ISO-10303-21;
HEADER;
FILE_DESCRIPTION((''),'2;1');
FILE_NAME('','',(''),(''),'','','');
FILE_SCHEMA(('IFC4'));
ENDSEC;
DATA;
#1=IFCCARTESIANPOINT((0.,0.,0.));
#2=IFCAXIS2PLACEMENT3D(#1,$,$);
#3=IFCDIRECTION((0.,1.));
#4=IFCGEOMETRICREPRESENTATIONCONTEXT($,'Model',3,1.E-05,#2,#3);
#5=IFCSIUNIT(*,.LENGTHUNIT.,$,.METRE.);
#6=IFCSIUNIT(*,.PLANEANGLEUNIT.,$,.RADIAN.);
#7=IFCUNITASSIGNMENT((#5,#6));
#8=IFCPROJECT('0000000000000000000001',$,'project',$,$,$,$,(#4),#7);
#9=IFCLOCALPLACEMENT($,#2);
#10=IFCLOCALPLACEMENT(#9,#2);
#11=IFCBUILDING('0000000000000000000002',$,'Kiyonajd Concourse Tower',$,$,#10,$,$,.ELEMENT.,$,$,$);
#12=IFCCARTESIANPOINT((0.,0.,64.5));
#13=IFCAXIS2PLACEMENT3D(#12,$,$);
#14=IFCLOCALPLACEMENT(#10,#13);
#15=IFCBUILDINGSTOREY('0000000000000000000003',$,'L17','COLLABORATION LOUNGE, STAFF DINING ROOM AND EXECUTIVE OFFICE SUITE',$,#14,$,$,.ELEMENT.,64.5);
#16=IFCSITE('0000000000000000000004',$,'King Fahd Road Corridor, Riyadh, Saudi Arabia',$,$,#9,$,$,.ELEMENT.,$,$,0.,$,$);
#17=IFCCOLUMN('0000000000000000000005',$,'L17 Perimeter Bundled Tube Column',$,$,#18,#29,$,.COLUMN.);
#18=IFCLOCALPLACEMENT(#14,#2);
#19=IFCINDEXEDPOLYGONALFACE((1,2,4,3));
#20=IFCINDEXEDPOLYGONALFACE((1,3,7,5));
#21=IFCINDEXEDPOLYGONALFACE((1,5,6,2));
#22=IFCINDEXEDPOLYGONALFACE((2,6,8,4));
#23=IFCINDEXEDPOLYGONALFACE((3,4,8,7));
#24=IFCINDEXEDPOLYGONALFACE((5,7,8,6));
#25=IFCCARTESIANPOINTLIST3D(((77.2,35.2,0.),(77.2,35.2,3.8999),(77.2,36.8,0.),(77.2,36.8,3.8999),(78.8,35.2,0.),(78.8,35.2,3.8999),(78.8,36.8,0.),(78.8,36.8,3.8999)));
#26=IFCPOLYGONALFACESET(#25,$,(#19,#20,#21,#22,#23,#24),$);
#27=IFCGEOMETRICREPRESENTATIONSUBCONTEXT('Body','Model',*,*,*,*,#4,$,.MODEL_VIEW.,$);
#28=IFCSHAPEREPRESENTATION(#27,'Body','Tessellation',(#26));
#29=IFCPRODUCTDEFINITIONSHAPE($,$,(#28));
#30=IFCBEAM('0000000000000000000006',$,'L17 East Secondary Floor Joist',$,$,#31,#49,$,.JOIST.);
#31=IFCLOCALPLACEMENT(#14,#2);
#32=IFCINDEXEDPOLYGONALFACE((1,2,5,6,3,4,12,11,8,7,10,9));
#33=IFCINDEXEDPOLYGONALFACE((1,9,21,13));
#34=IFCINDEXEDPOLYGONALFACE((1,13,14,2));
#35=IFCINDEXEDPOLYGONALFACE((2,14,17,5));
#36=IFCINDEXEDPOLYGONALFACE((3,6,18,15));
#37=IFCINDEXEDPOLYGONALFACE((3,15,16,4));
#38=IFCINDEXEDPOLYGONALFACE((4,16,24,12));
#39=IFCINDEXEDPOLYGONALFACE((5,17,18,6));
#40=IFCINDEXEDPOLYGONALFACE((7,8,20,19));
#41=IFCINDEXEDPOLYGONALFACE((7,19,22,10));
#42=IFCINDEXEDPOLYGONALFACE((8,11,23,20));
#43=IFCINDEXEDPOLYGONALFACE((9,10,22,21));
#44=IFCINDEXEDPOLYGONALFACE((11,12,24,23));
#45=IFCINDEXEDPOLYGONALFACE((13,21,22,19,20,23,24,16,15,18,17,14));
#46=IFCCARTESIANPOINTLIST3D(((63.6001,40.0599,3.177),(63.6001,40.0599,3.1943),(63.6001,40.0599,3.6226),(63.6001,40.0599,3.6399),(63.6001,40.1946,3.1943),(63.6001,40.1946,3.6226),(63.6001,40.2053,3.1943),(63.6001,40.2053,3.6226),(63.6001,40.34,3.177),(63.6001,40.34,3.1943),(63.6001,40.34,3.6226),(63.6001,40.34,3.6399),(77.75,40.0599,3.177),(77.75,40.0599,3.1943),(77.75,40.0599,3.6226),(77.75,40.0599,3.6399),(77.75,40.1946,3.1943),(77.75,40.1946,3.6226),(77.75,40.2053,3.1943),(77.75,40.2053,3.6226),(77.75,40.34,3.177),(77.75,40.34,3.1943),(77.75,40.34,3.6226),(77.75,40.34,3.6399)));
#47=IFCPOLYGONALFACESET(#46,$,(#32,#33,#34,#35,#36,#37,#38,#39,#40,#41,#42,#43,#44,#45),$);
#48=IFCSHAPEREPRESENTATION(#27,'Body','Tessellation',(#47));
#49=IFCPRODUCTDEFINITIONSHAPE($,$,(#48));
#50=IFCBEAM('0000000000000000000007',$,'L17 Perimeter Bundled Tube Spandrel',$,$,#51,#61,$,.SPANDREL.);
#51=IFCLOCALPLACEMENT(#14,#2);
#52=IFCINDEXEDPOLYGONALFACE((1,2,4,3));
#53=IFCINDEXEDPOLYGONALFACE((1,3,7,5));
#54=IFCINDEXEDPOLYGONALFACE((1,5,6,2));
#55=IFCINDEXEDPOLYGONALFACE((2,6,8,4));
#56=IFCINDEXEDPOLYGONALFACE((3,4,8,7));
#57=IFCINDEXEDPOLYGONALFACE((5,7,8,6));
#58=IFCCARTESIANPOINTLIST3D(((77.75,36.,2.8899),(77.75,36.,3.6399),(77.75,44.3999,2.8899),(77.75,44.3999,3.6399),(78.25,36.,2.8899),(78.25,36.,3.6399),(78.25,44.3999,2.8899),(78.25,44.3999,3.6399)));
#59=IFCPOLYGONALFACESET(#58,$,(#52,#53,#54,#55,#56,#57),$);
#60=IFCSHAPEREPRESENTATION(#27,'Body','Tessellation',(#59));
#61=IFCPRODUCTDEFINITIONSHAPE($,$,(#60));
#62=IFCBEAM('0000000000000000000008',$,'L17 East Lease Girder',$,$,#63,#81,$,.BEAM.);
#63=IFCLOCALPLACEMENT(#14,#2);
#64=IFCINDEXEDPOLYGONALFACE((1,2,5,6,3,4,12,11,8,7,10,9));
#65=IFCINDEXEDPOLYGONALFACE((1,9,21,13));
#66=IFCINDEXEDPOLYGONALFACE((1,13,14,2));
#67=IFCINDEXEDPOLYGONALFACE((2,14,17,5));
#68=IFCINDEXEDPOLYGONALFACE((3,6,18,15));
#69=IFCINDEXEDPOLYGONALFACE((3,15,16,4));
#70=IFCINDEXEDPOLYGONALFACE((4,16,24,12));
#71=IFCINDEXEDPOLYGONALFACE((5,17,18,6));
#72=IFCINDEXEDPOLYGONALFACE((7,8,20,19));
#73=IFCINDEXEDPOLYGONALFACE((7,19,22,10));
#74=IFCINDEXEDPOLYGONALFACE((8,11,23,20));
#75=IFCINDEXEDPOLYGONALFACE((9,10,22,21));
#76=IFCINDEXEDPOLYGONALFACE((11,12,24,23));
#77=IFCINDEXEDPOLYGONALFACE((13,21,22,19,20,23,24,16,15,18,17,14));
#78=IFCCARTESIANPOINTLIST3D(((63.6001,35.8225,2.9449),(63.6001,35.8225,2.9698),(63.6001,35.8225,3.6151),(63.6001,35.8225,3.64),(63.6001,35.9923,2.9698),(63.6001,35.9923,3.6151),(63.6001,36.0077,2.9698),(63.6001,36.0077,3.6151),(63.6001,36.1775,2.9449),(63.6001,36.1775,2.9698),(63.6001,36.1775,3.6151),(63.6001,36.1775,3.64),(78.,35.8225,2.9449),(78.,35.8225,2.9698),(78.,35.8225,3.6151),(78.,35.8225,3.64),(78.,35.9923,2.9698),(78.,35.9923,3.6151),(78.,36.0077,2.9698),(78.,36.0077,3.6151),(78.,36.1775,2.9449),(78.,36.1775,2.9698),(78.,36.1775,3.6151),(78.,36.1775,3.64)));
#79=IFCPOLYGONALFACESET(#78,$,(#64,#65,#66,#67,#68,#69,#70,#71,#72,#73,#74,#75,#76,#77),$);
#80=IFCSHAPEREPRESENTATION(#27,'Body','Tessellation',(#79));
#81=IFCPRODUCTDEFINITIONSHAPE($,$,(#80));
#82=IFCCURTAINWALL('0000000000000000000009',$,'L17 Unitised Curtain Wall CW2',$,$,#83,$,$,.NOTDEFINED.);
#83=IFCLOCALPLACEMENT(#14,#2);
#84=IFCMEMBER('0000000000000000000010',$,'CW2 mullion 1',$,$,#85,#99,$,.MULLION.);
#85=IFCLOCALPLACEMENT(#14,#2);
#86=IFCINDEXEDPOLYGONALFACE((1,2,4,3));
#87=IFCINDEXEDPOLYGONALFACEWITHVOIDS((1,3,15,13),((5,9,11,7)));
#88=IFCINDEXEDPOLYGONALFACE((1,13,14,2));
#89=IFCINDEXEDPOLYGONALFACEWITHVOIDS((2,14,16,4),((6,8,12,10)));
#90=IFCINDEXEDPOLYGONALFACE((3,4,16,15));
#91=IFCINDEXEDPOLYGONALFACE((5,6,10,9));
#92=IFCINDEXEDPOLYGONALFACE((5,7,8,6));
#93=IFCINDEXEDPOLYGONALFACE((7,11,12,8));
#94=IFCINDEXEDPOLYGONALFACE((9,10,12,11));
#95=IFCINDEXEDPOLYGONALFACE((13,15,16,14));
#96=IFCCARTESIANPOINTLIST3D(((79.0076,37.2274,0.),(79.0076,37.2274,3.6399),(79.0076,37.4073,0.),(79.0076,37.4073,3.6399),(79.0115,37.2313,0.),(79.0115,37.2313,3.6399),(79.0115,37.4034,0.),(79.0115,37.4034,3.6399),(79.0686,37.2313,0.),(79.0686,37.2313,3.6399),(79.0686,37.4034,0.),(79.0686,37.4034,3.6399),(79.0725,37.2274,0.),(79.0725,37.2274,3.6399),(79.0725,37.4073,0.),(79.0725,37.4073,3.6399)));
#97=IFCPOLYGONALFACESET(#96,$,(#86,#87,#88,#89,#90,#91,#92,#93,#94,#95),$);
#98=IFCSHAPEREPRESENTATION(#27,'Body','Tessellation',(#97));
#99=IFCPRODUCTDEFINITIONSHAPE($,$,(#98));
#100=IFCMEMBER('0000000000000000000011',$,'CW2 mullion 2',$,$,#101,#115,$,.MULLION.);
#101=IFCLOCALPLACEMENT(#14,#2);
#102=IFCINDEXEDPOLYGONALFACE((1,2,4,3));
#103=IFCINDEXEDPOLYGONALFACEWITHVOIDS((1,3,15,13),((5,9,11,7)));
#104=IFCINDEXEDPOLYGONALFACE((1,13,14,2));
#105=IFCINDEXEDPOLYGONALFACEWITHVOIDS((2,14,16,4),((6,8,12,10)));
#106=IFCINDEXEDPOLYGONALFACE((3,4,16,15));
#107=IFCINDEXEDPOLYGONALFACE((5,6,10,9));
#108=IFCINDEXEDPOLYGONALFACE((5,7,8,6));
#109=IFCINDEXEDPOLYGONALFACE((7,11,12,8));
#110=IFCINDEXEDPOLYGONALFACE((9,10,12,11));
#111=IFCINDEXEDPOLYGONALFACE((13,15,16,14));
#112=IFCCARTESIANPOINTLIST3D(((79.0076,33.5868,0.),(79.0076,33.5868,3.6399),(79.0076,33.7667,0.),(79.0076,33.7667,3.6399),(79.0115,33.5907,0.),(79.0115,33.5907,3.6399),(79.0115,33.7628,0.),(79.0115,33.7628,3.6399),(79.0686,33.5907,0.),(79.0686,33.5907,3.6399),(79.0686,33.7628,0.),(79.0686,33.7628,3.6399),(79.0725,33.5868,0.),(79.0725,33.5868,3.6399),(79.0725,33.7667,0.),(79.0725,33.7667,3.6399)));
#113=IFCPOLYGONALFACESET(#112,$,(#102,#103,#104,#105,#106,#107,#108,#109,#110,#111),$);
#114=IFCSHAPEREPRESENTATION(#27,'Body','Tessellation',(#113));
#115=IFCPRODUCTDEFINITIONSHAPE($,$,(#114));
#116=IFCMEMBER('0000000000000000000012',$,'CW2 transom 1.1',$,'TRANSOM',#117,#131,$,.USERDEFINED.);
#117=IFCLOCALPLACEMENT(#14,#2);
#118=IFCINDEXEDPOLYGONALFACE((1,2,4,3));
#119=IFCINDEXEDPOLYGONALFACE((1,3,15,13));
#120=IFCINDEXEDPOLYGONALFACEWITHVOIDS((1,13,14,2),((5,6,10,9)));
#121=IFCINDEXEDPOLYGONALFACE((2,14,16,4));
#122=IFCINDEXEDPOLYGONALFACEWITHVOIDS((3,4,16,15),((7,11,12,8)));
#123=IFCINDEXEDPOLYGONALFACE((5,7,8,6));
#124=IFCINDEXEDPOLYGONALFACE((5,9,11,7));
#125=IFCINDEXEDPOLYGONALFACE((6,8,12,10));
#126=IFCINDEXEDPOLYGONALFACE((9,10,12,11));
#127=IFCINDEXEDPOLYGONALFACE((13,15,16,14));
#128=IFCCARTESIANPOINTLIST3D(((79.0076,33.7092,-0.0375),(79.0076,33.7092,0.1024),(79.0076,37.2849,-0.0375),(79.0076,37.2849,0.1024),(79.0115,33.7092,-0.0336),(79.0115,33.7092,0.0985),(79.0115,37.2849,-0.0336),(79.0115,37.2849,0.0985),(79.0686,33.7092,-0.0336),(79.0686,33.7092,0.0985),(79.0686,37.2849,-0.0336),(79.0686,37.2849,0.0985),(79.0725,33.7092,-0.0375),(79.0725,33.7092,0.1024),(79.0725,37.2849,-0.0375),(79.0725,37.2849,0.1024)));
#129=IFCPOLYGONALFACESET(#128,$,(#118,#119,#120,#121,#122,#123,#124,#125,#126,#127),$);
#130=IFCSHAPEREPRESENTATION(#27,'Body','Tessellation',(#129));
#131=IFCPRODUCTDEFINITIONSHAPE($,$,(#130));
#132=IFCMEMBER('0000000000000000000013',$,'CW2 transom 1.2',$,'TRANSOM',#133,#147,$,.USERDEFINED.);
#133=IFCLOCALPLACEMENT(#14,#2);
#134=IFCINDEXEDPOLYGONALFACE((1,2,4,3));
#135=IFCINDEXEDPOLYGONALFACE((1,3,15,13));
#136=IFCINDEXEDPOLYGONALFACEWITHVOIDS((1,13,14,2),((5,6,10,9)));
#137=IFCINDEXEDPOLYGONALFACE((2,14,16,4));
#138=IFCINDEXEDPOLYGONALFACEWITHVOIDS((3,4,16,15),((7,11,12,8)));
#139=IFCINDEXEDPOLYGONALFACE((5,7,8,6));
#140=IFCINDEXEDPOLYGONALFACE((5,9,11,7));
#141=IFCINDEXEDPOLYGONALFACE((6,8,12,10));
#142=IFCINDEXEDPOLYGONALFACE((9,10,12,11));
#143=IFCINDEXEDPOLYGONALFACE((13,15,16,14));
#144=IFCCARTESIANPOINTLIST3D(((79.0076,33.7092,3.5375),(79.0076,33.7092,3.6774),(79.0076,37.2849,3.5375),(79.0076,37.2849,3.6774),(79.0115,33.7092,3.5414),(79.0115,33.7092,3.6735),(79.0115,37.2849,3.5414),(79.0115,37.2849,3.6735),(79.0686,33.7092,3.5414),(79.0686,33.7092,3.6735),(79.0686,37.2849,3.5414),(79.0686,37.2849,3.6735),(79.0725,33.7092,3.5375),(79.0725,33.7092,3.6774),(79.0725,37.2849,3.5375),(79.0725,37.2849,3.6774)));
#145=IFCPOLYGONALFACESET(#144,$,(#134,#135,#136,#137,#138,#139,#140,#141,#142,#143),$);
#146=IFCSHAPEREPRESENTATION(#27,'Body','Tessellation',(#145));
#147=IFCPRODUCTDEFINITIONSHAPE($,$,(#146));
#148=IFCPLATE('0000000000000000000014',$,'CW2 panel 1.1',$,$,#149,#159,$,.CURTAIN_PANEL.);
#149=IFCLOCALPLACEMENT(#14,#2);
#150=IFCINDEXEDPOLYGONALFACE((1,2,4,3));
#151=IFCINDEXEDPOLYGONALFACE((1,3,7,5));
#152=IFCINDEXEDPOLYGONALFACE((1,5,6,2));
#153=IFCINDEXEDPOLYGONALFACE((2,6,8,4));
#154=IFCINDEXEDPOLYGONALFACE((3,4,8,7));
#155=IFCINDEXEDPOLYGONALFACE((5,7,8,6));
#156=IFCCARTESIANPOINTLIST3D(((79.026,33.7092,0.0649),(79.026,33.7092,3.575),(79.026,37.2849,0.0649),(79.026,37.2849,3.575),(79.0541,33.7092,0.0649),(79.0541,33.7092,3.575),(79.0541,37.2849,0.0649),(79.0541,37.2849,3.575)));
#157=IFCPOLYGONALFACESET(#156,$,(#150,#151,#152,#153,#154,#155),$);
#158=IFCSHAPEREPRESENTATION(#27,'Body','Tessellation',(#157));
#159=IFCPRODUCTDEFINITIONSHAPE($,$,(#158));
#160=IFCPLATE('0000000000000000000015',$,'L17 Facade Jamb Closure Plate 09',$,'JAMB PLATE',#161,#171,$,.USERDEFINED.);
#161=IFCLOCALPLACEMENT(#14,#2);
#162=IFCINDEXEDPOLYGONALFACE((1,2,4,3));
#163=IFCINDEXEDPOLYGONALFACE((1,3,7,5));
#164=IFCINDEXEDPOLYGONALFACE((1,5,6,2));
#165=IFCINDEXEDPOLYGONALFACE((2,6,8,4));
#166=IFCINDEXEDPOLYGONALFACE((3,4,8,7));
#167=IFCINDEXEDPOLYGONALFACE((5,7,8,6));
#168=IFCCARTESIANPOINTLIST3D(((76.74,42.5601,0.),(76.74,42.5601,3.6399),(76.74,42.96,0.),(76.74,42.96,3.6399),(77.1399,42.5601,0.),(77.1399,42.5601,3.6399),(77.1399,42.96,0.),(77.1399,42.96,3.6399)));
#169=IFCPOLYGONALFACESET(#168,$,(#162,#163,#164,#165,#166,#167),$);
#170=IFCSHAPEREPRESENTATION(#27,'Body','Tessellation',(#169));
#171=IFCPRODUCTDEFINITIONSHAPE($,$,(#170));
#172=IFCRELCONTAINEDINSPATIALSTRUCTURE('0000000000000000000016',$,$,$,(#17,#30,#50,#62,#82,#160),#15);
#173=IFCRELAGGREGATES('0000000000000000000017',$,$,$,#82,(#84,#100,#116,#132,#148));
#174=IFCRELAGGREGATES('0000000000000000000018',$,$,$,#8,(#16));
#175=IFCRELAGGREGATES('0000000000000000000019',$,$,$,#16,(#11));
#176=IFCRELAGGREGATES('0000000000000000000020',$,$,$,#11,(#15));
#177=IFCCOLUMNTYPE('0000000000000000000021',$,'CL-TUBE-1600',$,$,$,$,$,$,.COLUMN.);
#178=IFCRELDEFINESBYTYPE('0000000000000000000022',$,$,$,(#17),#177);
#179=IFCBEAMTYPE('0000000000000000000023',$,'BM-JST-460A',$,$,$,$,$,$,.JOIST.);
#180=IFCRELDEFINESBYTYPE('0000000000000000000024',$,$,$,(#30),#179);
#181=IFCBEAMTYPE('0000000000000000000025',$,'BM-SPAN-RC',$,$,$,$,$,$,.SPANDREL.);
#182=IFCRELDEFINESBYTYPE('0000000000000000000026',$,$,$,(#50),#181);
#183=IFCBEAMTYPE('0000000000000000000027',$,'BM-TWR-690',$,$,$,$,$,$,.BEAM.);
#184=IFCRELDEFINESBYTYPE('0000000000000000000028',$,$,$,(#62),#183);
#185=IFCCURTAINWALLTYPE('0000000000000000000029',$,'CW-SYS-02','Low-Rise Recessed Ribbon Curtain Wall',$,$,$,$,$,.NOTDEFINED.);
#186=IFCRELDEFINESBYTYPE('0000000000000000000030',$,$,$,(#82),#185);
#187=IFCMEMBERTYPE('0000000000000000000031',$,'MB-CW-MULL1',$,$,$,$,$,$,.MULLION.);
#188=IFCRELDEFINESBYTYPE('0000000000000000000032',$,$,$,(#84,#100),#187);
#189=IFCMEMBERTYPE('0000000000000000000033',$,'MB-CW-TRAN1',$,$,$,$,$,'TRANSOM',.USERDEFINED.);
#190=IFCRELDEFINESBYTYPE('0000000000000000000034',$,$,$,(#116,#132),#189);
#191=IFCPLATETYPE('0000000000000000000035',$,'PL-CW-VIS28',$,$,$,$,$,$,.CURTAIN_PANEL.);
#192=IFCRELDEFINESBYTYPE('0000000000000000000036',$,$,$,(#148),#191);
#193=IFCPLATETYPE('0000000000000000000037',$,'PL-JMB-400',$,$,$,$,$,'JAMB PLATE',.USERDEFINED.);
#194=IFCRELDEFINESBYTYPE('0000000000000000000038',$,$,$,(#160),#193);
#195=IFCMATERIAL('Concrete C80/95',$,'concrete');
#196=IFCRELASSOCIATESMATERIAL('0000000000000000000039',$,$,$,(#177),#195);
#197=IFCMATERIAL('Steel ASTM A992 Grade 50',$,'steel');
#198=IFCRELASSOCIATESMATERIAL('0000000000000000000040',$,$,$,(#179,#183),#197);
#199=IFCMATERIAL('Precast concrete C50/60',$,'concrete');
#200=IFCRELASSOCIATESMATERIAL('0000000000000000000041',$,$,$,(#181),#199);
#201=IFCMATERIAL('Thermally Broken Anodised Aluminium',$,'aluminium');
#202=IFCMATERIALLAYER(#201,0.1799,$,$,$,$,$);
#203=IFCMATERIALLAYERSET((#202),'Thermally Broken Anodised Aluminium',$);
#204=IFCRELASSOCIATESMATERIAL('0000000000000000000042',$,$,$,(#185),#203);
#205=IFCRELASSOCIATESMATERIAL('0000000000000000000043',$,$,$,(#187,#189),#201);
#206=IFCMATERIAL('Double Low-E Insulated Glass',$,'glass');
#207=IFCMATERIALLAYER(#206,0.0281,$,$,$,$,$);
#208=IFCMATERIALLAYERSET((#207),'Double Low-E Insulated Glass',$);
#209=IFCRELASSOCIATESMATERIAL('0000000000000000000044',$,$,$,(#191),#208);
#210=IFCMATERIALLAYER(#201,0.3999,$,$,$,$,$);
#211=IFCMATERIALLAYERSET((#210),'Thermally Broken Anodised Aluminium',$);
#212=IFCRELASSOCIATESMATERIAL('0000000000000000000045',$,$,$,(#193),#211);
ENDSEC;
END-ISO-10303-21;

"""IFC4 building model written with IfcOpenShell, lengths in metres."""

from ifc_helpers import new_model, si_unit, direction, frame, origin, origin_2d, place, context, subcontext, project, spatial, rectangle, hollow_rectangle, i_section, extrude, material, layer, layer_set, material_profile, profile_set, type_object, element, aggregate, save


model = new_model("IFC4")

# Units and contexts
model_context = context("Model", 3, precision=1e-05, world=origin(), true_north=direction((0.0, 1.0)))
body_context = subcontext(model_context, "Body", "Model", "MODEL_VIEW")
ifc_project = project(units=[si_unit("LENGTHUNIT", "METRE"), si_unit("PLANEANGLEUNIT", "RADIAN")], contexts=[model_context])

# Site, building, storey
site_placement = place(None, origin())
site = spatial("IfcSite", under=ifc_project, at=site_placement, Name="King Fahd Road Corridor, Riyadh, Saudi Arabia", CompositionType="ELEMENT", RefElevation=0.0)
building_placement = place(site_placement, origin())
building = spatial("IfcBuilding", under=site, at=building_placement, Name="Kiyonajd Concourse Tower", CompositionType="ELEMENT")
storey_placement = place(building_placement, frame((0.0, 0.0, 64.5)))
storey = spatial("IfcBuildingStorey", under=building, at=storey_placement, Name="L17", Description="COLLABORATION LOUNGE, STAFF DINING ROOM AND EXECUTIVE OFFICE SUITE", CompositionType="ELEMENT", Elevation=64.5)

# Column
ifc_material_1 = material(Name="Concrete C80/95", Category="concrete")
ifc_material_profile_1 = material_profile(ifc_material_1, rectangle(XDim=1.6001, YDim=1.6001, at=origin_2d()), Name="RC-1600x1600")
ifc_profile_set_1 = profile_set([ifc_material_profile_1], Name="Concrete C80/95")
column_type = type_object("IfcColumnType", Name="CL-TUBE-1600", PredefinedType="COLUMN", material=ifc_profile_set_1)
column_placement = place(storey_placement, frame((78.0, 36.0, 0.0), z_axis=(0.0, 0.0, 1.0), x_axis=(1.0, 0.0, 0.0)))
element("IfcColumn", 1, at=column_placement, inside=storey, type_object=column_type, Name="L17 Perimeter Bundled Tube Column", PredefinedType="COLUMN", context=body_context, shape_type="SweptSolid", body=[
    extrude(rectangle(XDim=1.6001, YDim=1.6001, at=origin_2d()), origin(), (0.0, 0.0, 1.0), 3.8999),
])

# Beams
ifc_material_2 = material(Name="Steel ASTM A992 Grade 50", Category="steel")
ifc_material_profile_2 = material_profile(ifc_material_2, i_section(OverallWidth=0.28, OverallDepth=0.4629, WebThickness=0.0107, FlangeThickness=0.0173, at=origin_2d()), Name="W460X113")
ifc_profile_set_2 = profile_set([ifc_material_profile_2], Name="Steel ASTM A992 Grade 50")
beam_type_1 = type_object("IfcBeamType", Name="BM-JST-460A", PredefinedType="JOIST", material=ifc_profile_set_2)
beam_1_placement = place(storey_placement, frame((63.6001, 40.2, 3.4084), z_axis=(1.0, 0.0, 0.0), x_axis=(0.0, 1.0, 0.0)))
element("IfcBeam", 2, at=beam_1_placement, inside=storey, type_object=beam_type_1, Name="L17 East Secondary Floor Joist", PredefinedType="JOIST", context=body_context, shape_type="SweptSolid", body=[
    extrude(i_section(OverallWidth=0.28, OverallDepth=0.4629, WebThickness=0.0107, FlangeThickness=0.0173, at=origin_2d()), origin(), (0.0, 0.0, 1.0), 14.1499),
])
ifc_material_3 = material(Name="Precast concrete C50/60", Category="concrete")
ifc_material_profile_3 = material_profile(ifc_material_3, rectangle(XDim=0.5, YDim=0.75, at=origin_2d()), Name="RCBM-500x750")
ifc_profile_set_3 = profile_set([ifc_material_profile_3], Name="Precast concrete C50/60")
beam_type_2 = type_object("IfcBeamType", Name="BM-SPAN-RC", PredefinedType="SPANDREL", material=ifc_profile_set_3)
beam_2_placement = place(storey_placement, frame((78.0, 36.0, 3.2649), z_axis=(0.0, 1.0, 0.0), x_axis=(-1.0, 0.0, 0.0)))
element("IfcBeam", 3, at=beam_2_placement, inside=storey, type_object=beam_type_2, Name="L17 Perimeter Bundled Tube Spandrel", PredefinedType="SPANDREL", context=body_context, shape_type="SweptSolid", body=[
    extrude(rectangle(XDim=0.5, YDim=0.75, at=origin_2d()), origin(), (0.0, 0.0, 1.0), 8.3999),
])
ifc_material_profile_4 = material_profile(ifc_material_2, i_section(OverallWidth=0.355, OverallDepth=0.6951, WebThickness=0.0154, FlangeThickness=0.0249, at=origin_2d()), Name="W690X217")
ifc_profile_set_4 = profile_set([ifc_material_profile_4], Name="Steel ASTM A992 Grade 50")
beam_type_3 = type_object("IfcBeamType", Name="BM-TWR-690", PredefinedType="BEAM", material=ifc_profile_set_4)
beam_3_placement = place(storey_placement, frame((63.6001, 36.0, 3.2925), z_axis=(1.0, 0.0, 0.0), x_axis=(0.0, 1.0, 0.0)))
element("IfcBeam", 4, at=beam_3_placement, inside=storey, type_object=beam_type_3, Name="L17 East Lease Girder", PredefinedType="BEAM", context=body_context, shape_type="SweptSolid", body=[
    extrude(i_section(OverallWidth=0.355, OverallDepth=0.6951, WebThickness=0.0154, FlangeThickness=0.0249, at=origin_2d()), origin(), (0.0, 0.0, 1.0), 14.3999),
])

# Curtain wall, members, plate
ifc_material_4 = material(Name="Thermally Broken Anodised Aluminium", Category="aluminium")
ifc_layer_1 = layer(ifc_material_4, 0.1799)
ifc_layer_set_1 = layer_set([ifc_layer_1], Name="Thermally Broken Anodised Aluminium")
curtain_wall_type = type_object("IfcCurtainWallType", Name="CW-SYS-02", Description="Low-Rise Recessed Ribbon Curtain Wall", PredefinedType="NOTDEFINED", material=ifc_layer_set_1)
curtain_wall_placement = place(storey_placement, origin())
curtain_wall = element("IfcCurtainWall", 5, at=curtain_wall_placement, inside=storey, type_object=curtain_wall_type, Name="L17 Unitised Curtain Wall CW2", PredefinedType="NOTDEFINED")
ifc_material_profile_5 = material_profile(ifc_material_4, hollow_rectangle(XDim=0.0649, YDim=0.1799, WallThickness=0.0039, at=origin_2d()), Name="MULL-65x180")
ifc_profile_set_5 = profile_set([ifc_material_profile_5], Name="Thermally Broken Anodised Aluminium")
member_type_1 = type_object("IfcMemberType", Name="MB-CW-MULL1", PredefinedType="MULLION", material=ifc_profile_set_5)
member_1_placement = place(storey_placement, frame((79.04, 37.3174, 0.0), z_axis=(0.0, 0.0, 1.0), x_axis=(1.0, 0.0, 0.0)))
member_1 = element("IfcMember", 6, at=member_1_placement, type_object=member_type_1, Name="CW2 mullion 1", PredefinedType="MULLION", context=body_context, shape_type="SweptSolid", body=[
    extrude(hollow_rectangle(XDim=0.0649, YDim=0.1799, WallThickness=0.0039, at=origin_2d()), origin(), (0.0, 0.0, 1.0), 3.6399),
])
member_2_placement = place(storey_placement, frame((79.04, 33.6768, 0.0), z_axis=(0.0, 0.0, 1.0), x_axis=(1.0, 0.0, 0.0)))
member_2 = element("IfcMember", 7, at=member_2_placement, type_object=member_type_1, Name="CW2 mullion 2", PredefinedType="MULLION", context=body_context, shape_type="SweptSolid", body=[
    extrude(hollow_rectangle(XDim=0.0649, YDim=0.1799, WallThickness=0.0039, at=origin_2d()), origin(), (0.0, 0.0, 1.0), 3.6399),
])
ifc_material_profile_6 = material_profile(ifc_material_4, hollow_rectangle(XDim=0.0649, YDim=0.1399, WallThickness=0.0039, at=origin_2d()), Name="TRAN-65x140")
ifc_profile_set_6 = profile_set([ifc_material_profile_6], Name="Thermally Broken Anodised Aluminium")
member_type_2 = type_object("IfcMemberType", Name="MB-CW-TRAN1", ElementType="TRANSOM", PredefinedType="USERDEFINED", material=ifc_profile_set_6)
member_3_placement = place(storey_placement, frame((79.04, 37.2849, 0.0325), z_axis=(0.0, -1.0, 0.0), x_axis=(1.0, 0.0, 0.0)))
member_3 = element("IfcMember", 8, at=member_3_placement, type_object=member_type_2, Name="CW2 transom 1.1", ObjectType="TRANSOM", PredefinedType="USERDEFINED", context=body_context, shape_type="SweptSolid", body=[
    extrude(hollow_rectangle(XDim=0.0649, YDim=0.1399, WallThickness=0.0039, at=origin_2d()), origin(), (0.0, 0.0, 1.0), 3.5757),
])
member_4_placement = place(storey_placement, frame((79.04, 37.2849, 3.6074), z_axis=(0.0, -1.0, 0.0), x_axis=(1.0, 0.0, 0.0)))
member_4 = element("IfcMember", 9, at=member_4_placement, type_object=member_type_2, Name="CW2 transom 1.2", ObjectType="TRANSOM", PredefinedType="USERDEFINED", context=body_context, shape_type="SweptSolid", body=[
    extrude(hollow_rectangle(XDim=0.0649, YDim=0.1399, WallThickness=0.0039, at=origin_2d()), origin(), (0.0, 0.0, 1.0), 3.5757),
])
ifc_material_5 = material(Name="Double Low-E Insulated Glass", Category="glass")
ifc_layer_2 = layer(ifc_material_5, 0.0281)
ifc_layer_set_2 = layer_set([ifc_layer_2], Name="Double Low-E Insulated Glass")
plate_type_1 = type_object("IfcPlateType", Name="PL-CW-VIS28", PredefinedType="CURTAIN_PANEL", material=ifc_layer_set_2)
plate_placement = place(storey_placement, frame((79.04, 35.4971, 0.0649), z_axis=(0.0, 0.0, 1.0), x_axis=(0.0, -1.0, 0.0)))
plate = element("IfcPlate", 10, at=plate_placement, type_object=plate_type_1, Name="CW2 panel 1.1", PredefinedType="CURTAIN_PANEL", context=body_context, shape_type="SweptSolid", body=[
    extrude(rectangle(XDim=3.5757, YDim=0.0281, at=origin_2d()), origin(), (0.0, 0.0, 1.0), 3.51),
])
aggregate(curtain_wall, [member_1, member_2, member_3, member_4, plate])

# Plate
ifc_layer_3 = layer(ifc_material_4, 0.3999)
ifc_layer_set_3 = layer_set([ifc_layer_3], Name="Thermally Broken Anodised Aluminium")
plate_type_2 = type_object("IfcPlateType", Name="PL-JMB-400", ElementType="JAMB PLATE", PredefinedType="USERDEFINED", material=ifc_layer_set_3)
for number, where, z_axis, x_axis, name in (
    (11, (76.9399, 42.76, 0.0), (0.0, 0.0, 1.0), (1.0, 0.0, 0.0), "L17 Facade Jamb Closure Plate 09"),
):
    element("IfcPlate", number, at=place(storey_placement, frame(where, z_axis=z_axis, x_axis=x_axis)), inside=storey, type_object=plate_type_2, Name=name, ObjectType="JAMB PLATE", PredefinedType="USERDEFINED", context=body_context, shape_type="SweptSolid", body=[
        extrude(rectangle(XDim=0.3999, YDim=0.3999, at=origin_2d()), origin(), (0.0, 0.0, 1.0), 3.6399),
    ])

save(model, "model.ifc")
